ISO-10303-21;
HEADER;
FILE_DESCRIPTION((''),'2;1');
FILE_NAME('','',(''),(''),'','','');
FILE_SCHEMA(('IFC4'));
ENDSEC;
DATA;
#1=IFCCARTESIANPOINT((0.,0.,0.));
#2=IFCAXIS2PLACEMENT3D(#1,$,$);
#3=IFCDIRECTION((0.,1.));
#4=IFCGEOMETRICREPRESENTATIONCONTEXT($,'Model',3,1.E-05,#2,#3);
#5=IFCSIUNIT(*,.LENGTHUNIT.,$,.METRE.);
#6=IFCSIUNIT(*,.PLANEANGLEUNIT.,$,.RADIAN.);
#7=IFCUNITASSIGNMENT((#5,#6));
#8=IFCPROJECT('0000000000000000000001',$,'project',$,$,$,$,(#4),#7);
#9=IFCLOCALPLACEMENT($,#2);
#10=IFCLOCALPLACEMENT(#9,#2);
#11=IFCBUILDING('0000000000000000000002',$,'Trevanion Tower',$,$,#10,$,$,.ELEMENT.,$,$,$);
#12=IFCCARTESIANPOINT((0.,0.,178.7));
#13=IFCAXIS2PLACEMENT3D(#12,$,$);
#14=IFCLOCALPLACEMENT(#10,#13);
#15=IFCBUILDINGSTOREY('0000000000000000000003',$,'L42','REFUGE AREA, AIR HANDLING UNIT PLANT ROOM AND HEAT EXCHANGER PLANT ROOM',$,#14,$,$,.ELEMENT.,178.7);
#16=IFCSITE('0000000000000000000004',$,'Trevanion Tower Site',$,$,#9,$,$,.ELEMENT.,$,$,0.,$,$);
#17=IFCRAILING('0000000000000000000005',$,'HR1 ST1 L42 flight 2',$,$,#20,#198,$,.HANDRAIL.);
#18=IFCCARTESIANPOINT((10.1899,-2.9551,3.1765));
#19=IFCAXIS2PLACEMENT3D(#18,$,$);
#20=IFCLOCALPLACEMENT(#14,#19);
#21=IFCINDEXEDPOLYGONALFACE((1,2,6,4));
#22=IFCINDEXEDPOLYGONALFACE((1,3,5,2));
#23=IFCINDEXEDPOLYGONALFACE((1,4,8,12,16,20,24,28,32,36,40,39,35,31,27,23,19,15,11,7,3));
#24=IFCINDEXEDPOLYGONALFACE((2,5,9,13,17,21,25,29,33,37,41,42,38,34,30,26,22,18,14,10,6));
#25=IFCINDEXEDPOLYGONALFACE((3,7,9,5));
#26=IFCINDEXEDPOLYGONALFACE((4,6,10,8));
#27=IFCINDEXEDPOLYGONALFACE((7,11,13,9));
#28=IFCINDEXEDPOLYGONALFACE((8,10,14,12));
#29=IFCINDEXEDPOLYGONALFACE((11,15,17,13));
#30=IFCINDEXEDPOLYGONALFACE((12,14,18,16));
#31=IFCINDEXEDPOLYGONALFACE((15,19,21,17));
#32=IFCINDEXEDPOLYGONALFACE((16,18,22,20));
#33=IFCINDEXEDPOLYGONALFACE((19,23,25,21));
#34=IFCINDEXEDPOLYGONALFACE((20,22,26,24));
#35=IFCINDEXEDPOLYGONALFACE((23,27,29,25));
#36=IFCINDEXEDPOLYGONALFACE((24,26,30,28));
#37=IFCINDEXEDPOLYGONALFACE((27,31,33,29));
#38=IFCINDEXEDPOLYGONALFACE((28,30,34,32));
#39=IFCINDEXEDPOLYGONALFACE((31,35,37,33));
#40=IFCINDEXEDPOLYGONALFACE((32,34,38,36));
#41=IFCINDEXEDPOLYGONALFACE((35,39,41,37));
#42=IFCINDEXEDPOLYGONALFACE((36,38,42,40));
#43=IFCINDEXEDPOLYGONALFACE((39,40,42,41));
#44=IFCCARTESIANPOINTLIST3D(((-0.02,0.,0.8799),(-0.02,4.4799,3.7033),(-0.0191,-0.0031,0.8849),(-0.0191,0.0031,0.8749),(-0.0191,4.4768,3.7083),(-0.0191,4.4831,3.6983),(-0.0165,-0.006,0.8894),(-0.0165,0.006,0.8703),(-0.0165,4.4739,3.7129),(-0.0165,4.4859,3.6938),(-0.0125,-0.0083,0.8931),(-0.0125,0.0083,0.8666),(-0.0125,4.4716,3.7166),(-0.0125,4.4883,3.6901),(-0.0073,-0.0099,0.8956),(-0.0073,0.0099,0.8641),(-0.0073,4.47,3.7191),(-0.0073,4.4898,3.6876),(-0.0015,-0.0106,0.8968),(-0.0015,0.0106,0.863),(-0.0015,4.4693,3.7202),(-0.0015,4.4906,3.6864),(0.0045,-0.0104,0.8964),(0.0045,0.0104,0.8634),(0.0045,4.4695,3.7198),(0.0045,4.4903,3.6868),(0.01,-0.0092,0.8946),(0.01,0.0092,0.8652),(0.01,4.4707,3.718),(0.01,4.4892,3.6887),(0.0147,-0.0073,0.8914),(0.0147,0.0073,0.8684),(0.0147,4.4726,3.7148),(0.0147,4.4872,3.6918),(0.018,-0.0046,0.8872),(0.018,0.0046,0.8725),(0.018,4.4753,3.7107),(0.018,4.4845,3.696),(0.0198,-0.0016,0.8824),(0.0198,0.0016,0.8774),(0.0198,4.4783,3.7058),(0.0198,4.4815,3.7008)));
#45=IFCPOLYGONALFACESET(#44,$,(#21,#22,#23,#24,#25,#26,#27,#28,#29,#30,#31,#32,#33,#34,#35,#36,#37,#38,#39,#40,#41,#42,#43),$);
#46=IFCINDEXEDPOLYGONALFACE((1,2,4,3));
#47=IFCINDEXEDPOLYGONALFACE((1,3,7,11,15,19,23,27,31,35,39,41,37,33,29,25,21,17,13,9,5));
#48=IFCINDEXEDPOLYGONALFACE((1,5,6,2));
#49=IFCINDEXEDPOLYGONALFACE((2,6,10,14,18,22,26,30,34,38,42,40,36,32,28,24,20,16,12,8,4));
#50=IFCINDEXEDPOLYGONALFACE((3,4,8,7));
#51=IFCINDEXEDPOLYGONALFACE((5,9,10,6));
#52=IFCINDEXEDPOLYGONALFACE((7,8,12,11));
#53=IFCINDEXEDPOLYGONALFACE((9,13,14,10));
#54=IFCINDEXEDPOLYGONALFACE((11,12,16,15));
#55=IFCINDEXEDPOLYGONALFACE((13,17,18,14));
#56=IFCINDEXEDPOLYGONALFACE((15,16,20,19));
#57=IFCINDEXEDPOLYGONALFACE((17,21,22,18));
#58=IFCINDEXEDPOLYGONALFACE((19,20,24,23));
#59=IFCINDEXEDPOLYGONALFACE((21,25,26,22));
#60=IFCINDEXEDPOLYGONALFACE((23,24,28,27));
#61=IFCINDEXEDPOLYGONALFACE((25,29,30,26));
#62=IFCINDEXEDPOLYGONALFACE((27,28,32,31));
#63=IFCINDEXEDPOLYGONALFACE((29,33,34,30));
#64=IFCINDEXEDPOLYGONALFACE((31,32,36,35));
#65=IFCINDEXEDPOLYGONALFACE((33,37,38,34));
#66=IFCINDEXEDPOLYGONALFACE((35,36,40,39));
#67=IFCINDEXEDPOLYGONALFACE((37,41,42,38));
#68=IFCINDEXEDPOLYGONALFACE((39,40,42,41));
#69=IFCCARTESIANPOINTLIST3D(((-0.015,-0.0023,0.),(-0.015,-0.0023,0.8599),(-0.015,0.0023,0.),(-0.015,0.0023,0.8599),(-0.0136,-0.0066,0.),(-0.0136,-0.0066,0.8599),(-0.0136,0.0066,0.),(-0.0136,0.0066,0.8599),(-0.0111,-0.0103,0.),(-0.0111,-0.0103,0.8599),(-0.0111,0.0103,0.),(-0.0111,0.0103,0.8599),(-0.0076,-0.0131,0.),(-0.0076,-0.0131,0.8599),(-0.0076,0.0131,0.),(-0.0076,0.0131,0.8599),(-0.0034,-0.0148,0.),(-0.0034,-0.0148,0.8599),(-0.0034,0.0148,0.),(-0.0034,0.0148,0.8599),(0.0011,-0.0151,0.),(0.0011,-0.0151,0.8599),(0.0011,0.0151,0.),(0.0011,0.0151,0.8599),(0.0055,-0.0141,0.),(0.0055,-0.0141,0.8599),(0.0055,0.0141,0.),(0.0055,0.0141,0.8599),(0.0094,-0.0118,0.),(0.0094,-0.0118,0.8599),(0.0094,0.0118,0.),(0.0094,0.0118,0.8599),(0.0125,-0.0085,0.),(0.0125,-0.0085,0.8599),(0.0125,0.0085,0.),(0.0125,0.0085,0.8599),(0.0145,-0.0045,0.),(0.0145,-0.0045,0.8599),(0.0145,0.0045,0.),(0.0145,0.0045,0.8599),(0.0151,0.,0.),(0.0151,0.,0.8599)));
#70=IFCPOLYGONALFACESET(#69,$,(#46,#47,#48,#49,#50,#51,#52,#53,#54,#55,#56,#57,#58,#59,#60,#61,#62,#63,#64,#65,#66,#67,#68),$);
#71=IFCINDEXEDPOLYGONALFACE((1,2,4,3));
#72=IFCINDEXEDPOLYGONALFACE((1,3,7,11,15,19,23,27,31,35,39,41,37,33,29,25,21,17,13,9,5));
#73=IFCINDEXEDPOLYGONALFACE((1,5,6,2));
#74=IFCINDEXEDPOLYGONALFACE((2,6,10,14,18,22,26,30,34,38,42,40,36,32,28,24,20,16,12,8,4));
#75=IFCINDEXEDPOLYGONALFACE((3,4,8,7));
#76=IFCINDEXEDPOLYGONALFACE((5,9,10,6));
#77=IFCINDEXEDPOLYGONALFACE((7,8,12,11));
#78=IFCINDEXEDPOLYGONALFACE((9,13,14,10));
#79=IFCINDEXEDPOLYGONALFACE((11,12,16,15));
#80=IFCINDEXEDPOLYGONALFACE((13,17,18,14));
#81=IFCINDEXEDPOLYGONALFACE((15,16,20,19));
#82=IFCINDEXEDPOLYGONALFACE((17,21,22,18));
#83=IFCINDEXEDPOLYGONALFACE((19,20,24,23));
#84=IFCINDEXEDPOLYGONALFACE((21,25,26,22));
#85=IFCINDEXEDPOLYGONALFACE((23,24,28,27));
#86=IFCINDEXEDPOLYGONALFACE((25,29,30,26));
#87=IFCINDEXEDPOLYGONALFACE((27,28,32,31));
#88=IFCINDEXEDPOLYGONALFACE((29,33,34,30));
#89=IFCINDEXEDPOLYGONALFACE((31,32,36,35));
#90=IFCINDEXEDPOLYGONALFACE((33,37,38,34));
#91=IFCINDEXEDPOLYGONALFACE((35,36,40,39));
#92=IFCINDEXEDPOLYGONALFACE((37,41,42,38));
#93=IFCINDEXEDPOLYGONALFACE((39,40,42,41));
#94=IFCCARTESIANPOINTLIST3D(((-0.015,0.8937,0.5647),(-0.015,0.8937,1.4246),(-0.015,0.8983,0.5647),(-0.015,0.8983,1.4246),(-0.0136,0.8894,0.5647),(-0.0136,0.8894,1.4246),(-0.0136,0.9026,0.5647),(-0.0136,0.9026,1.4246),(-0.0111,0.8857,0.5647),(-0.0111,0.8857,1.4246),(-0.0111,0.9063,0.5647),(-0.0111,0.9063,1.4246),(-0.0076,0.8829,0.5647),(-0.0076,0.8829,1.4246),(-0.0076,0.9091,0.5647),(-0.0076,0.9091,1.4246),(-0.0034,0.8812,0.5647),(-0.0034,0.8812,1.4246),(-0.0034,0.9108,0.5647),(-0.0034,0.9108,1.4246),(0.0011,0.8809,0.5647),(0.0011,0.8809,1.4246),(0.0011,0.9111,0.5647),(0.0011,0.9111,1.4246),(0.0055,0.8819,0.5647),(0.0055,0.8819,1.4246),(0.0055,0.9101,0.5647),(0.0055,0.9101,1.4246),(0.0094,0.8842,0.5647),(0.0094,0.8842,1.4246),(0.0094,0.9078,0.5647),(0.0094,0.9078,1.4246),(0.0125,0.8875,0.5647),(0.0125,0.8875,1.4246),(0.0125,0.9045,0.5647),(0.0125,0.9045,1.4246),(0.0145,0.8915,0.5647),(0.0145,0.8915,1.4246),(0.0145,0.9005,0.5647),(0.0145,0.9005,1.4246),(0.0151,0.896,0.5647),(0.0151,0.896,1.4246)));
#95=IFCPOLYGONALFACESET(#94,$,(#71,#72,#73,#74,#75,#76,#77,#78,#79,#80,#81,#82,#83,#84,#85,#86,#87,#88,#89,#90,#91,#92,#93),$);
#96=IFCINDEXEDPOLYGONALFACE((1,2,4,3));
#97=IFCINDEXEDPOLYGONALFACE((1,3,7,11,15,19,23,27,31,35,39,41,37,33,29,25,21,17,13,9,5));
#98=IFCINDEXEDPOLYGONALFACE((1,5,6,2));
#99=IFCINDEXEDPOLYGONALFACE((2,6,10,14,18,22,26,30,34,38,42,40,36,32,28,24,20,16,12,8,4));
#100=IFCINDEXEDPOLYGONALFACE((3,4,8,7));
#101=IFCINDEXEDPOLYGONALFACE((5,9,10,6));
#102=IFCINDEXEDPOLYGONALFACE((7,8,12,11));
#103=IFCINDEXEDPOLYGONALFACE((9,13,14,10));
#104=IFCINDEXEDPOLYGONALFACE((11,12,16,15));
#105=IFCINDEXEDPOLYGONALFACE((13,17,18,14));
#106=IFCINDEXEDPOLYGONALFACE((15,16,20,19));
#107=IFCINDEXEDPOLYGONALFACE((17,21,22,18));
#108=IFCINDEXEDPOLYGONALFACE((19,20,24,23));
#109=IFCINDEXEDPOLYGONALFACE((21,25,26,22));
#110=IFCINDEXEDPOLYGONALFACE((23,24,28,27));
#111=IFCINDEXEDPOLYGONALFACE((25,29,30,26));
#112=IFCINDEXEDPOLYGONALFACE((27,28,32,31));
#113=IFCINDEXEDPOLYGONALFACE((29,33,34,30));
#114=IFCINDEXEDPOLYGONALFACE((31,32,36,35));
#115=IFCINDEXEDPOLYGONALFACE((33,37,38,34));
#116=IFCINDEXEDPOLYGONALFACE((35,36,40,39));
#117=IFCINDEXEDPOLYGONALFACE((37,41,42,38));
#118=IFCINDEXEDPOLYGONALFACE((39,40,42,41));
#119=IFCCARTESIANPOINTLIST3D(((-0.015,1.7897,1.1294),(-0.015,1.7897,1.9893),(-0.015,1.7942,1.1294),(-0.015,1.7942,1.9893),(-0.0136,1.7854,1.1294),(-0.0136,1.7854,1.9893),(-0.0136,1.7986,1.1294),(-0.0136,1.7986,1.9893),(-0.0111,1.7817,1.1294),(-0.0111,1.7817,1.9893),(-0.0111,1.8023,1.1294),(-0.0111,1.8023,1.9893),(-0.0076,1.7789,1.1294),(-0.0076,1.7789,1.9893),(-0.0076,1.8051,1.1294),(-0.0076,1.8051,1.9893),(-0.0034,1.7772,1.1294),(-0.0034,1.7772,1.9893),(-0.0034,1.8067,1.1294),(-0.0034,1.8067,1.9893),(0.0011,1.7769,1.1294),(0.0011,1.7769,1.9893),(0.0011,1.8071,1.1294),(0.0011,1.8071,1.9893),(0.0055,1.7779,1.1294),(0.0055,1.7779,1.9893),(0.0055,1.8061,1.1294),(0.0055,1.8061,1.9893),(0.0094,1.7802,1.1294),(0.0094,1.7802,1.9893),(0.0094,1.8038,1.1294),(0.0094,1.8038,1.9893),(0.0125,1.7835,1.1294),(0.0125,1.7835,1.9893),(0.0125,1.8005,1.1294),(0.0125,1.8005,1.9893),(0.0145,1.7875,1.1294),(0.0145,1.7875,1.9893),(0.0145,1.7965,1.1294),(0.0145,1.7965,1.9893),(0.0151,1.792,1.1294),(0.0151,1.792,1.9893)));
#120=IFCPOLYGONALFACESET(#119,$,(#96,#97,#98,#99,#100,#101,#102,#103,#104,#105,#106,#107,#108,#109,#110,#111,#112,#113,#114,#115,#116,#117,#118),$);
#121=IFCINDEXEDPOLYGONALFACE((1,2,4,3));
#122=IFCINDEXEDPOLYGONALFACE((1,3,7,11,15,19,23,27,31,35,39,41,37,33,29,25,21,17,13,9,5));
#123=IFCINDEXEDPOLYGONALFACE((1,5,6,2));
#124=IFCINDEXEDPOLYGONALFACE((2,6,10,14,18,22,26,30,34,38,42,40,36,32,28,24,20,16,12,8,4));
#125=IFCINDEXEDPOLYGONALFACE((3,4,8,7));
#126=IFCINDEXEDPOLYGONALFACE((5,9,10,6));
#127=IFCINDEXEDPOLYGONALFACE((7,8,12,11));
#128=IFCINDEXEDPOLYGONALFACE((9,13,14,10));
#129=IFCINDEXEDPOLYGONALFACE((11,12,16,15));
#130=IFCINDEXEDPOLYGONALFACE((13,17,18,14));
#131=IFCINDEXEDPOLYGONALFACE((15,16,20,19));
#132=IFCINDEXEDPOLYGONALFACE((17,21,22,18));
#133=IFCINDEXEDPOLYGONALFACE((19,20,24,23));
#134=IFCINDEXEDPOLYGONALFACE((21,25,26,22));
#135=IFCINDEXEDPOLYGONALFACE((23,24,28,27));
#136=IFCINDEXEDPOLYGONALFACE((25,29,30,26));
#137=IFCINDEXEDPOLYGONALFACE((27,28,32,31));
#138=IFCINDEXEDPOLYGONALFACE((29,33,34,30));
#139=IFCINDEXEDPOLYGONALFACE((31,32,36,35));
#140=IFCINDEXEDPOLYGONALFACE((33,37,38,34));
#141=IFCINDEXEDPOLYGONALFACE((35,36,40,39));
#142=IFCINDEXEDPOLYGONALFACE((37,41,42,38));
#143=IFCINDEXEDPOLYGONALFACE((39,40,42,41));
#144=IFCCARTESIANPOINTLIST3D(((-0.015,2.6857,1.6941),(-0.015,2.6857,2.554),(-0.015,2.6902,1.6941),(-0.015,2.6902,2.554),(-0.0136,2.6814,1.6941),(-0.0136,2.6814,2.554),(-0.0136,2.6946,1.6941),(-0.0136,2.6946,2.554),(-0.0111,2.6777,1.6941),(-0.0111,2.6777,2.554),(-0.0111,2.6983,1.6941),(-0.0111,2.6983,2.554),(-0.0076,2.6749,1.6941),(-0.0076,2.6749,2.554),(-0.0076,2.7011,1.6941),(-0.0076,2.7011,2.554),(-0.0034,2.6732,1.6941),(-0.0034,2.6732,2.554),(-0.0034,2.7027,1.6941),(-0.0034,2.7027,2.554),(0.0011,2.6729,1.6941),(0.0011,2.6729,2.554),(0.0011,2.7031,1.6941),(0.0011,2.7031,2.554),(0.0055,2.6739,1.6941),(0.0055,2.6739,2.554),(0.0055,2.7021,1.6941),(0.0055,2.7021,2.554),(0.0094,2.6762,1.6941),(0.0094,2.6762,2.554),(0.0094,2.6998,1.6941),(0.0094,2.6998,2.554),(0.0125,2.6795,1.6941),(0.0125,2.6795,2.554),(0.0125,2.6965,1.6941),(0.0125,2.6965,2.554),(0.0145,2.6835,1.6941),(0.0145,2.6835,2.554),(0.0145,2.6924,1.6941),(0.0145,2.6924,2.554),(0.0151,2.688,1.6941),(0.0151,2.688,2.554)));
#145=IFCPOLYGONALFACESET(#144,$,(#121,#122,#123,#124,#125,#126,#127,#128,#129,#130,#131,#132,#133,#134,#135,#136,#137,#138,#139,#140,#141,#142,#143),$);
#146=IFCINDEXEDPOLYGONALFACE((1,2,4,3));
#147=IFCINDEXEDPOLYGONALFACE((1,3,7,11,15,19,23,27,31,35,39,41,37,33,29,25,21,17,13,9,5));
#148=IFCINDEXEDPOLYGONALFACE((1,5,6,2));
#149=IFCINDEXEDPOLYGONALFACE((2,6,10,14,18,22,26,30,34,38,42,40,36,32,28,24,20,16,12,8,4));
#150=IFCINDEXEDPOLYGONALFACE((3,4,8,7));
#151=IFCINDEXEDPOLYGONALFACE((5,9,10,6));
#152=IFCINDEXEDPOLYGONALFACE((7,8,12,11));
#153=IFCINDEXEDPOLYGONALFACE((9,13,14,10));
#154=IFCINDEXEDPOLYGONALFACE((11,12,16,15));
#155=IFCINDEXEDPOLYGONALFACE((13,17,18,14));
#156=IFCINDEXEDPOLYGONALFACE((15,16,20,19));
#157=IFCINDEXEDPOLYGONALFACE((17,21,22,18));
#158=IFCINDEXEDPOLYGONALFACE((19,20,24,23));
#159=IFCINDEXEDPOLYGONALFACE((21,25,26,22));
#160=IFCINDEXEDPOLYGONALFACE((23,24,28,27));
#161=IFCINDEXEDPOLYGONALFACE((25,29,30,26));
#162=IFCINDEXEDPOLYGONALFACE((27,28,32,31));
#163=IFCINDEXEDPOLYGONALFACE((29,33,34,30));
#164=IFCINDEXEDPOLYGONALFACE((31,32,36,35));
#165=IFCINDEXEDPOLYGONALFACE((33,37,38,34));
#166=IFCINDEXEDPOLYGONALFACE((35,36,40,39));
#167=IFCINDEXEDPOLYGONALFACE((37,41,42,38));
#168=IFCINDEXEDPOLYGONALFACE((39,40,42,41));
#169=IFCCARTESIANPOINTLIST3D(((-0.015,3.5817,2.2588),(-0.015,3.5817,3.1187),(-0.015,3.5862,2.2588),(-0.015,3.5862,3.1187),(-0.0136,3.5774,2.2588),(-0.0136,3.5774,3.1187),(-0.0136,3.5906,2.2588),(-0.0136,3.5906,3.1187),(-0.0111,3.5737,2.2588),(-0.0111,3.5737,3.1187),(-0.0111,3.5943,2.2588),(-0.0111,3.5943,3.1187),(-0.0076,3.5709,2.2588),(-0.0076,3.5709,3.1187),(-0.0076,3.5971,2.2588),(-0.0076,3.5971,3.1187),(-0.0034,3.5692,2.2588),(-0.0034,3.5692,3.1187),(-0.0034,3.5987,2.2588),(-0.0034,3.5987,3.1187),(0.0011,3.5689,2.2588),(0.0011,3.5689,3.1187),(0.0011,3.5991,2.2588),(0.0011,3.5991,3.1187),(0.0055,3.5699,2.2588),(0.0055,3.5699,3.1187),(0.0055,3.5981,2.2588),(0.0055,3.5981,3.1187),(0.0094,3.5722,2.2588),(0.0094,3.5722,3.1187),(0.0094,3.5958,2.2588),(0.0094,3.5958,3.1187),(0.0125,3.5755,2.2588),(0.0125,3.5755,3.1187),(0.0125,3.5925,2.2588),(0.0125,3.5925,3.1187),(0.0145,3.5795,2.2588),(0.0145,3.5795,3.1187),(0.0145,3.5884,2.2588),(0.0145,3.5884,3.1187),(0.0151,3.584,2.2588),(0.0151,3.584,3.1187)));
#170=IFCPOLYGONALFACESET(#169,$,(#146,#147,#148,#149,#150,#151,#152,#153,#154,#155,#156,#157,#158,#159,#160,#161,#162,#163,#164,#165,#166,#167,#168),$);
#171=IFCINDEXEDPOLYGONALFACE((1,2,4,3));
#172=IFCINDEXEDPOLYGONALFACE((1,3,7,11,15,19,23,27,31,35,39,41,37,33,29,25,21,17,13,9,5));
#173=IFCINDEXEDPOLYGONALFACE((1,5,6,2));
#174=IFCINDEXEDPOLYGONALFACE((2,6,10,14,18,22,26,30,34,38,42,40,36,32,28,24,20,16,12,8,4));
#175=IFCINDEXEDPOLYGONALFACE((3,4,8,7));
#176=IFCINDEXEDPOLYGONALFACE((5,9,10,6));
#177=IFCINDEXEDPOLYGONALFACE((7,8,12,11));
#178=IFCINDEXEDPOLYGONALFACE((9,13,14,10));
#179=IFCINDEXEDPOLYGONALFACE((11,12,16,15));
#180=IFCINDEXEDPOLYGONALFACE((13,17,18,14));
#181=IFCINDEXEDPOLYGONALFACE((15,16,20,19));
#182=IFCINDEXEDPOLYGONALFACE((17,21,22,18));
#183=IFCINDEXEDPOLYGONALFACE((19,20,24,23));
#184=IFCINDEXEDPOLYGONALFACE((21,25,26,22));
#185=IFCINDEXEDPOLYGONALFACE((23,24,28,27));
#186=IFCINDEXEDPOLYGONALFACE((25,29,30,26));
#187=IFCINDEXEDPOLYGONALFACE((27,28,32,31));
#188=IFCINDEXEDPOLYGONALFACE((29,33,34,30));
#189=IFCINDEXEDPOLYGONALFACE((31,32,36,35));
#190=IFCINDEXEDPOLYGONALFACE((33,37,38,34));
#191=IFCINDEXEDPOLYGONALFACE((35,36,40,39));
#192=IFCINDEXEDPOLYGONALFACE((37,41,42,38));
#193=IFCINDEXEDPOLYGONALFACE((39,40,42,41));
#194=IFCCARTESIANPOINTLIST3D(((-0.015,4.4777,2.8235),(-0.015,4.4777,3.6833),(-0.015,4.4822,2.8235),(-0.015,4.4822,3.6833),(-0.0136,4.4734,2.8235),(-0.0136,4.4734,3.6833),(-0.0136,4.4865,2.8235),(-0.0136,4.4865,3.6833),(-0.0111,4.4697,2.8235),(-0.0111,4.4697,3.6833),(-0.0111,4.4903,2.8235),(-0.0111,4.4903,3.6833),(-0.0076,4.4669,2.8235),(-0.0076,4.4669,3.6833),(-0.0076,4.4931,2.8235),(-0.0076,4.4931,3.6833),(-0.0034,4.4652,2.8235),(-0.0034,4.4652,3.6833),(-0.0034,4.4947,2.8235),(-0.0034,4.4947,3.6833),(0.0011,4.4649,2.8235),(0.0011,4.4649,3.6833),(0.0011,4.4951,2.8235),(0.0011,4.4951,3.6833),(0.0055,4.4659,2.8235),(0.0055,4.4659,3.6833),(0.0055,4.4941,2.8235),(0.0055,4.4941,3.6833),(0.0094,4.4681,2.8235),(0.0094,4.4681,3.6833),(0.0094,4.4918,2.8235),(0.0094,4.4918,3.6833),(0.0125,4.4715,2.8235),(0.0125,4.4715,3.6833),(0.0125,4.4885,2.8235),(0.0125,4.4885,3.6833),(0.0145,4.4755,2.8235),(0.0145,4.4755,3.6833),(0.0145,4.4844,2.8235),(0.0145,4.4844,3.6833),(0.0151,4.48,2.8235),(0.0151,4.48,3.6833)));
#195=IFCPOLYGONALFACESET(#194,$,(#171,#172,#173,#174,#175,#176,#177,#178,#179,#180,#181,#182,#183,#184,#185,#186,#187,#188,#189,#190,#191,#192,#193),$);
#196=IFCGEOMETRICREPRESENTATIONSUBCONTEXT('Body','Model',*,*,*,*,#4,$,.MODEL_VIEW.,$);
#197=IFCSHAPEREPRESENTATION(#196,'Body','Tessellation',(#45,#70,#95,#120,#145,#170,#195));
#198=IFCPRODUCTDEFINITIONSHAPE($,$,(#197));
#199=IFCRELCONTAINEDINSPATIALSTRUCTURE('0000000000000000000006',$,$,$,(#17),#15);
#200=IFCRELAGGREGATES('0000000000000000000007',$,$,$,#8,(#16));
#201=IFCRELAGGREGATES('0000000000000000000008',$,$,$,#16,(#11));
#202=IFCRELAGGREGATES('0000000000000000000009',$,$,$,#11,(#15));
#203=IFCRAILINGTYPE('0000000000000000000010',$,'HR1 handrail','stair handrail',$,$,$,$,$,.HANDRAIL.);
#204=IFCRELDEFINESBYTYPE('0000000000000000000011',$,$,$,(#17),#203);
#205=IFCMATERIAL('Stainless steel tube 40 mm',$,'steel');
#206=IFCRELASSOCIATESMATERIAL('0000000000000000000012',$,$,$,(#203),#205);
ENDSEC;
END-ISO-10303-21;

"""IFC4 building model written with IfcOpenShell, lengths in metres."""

from ifc_helpers import new_model, si_unit, direction, frame, origin, origin_2d, place, context, subcontext, project, spatial, circle, extrude, material, type_object, element, save


model = new_model("IFC4")

# Units and contexts
model_context = context("Model", 3, precision=1e-05, world=origin(), true_north=direction((0.0, 1.0)))
body_context = subcontext(model_context, "Body", "Model", "MODEL_VIEW")
ifc_project = project(units=[si_unit("LENGTHUNIT", "METRE"), si_unit("PLANEANGLEUNIT", "RADIAN")], contexts=[model_context])

# Site, building, storey
site_placement = place(None, origin())
site = spatial("IfcSite", under=ifc_project, at=site_placement, Name="Trevanion Tower Site", CompositionType="ELEMENT", RefElevation=0.0)
building_placement = place(site_placement, origin())
building = spatial("IfcBuilding", under=site, at=building_placement, Name="Trevanion Tower", CompositionType="ELEMENT")
storey_placement = place(building_placement, frame((0.0, 0.0, 178.7)))
storey = spatial("IfcBuildingStorey", under=building, at=storey_placement, Name="L42", Description="REFUGE AREA, AIR HANDLING UNIT PLANT ROOM AND HEAT EXCHANGER PLANT ROOM", CompositionType="ELEMENT", Elevation=178.7)

# Railing
ifc_material_1 = material(Name="Stainless steel tube 40 mm", Category="steel")
railing_type = type_object("IfcRailingType", Name="HR1 handrail", Description="stair handrail", PredefinedType="HANDRAIL", material=ifc_material_1)
for number, where, name in (
    (1, (10.1899, -2.9551, 3.1765), "HR1 ST1 L42 flight 2"),
):
    element("IfcRailing", number, at=place(storey_placement, frame(where)), inside=storey, type_object=railing_type, Name=name, PredefinedType="HANDRAIL", context=body_context, shape_type="SweptSolid", body=[
        extrude(circle(Radius=0.02, at=origin_2d()), frame((0.0, 0.0, 0.8799), z_axis=(0.0, 0.845998, 0.533186), x_axis=(-1.0, 0.0, 0.0)), (0.0, 0.0, 1.0), 5.2954),
        extrude(circle(Radius=0.0151, at=origin_2d()), origin(), (0.0, 0.0, 1.0), 0.8599),
        extrude(circle(Radius=0.0151, at=origin_2d()), frame((0.0, 0.896, 0.5647)), (0.0, 0.0, 1.0), 0.8599),
        extrude(circle(Radius=0.0151, at=origin_2d()), frame((0.0, 1.792, 1.1294)), (0.0, 0.0, 1.0), 0.8599),
        extrude(circle(Radius=0.0151, at=origin_2d()), frame((0.0, 2.688, 1.6941)), (0.0, 0.0, 1.0), 0.8599),
        extrude(circle(Radius=0.0151, at=origin_2d()), frame((0.0, 3.584, 2.2588)), (0.0, 0.0, 1.0), 0.8599),
        extrude(circle(Radius=0.0151, at=origin_2d()), frame((0.0, 4.48, 2.8235)), (0.0, 0.0, 1.0), 0.8599),
    ])

save(model, "model.ifc")
